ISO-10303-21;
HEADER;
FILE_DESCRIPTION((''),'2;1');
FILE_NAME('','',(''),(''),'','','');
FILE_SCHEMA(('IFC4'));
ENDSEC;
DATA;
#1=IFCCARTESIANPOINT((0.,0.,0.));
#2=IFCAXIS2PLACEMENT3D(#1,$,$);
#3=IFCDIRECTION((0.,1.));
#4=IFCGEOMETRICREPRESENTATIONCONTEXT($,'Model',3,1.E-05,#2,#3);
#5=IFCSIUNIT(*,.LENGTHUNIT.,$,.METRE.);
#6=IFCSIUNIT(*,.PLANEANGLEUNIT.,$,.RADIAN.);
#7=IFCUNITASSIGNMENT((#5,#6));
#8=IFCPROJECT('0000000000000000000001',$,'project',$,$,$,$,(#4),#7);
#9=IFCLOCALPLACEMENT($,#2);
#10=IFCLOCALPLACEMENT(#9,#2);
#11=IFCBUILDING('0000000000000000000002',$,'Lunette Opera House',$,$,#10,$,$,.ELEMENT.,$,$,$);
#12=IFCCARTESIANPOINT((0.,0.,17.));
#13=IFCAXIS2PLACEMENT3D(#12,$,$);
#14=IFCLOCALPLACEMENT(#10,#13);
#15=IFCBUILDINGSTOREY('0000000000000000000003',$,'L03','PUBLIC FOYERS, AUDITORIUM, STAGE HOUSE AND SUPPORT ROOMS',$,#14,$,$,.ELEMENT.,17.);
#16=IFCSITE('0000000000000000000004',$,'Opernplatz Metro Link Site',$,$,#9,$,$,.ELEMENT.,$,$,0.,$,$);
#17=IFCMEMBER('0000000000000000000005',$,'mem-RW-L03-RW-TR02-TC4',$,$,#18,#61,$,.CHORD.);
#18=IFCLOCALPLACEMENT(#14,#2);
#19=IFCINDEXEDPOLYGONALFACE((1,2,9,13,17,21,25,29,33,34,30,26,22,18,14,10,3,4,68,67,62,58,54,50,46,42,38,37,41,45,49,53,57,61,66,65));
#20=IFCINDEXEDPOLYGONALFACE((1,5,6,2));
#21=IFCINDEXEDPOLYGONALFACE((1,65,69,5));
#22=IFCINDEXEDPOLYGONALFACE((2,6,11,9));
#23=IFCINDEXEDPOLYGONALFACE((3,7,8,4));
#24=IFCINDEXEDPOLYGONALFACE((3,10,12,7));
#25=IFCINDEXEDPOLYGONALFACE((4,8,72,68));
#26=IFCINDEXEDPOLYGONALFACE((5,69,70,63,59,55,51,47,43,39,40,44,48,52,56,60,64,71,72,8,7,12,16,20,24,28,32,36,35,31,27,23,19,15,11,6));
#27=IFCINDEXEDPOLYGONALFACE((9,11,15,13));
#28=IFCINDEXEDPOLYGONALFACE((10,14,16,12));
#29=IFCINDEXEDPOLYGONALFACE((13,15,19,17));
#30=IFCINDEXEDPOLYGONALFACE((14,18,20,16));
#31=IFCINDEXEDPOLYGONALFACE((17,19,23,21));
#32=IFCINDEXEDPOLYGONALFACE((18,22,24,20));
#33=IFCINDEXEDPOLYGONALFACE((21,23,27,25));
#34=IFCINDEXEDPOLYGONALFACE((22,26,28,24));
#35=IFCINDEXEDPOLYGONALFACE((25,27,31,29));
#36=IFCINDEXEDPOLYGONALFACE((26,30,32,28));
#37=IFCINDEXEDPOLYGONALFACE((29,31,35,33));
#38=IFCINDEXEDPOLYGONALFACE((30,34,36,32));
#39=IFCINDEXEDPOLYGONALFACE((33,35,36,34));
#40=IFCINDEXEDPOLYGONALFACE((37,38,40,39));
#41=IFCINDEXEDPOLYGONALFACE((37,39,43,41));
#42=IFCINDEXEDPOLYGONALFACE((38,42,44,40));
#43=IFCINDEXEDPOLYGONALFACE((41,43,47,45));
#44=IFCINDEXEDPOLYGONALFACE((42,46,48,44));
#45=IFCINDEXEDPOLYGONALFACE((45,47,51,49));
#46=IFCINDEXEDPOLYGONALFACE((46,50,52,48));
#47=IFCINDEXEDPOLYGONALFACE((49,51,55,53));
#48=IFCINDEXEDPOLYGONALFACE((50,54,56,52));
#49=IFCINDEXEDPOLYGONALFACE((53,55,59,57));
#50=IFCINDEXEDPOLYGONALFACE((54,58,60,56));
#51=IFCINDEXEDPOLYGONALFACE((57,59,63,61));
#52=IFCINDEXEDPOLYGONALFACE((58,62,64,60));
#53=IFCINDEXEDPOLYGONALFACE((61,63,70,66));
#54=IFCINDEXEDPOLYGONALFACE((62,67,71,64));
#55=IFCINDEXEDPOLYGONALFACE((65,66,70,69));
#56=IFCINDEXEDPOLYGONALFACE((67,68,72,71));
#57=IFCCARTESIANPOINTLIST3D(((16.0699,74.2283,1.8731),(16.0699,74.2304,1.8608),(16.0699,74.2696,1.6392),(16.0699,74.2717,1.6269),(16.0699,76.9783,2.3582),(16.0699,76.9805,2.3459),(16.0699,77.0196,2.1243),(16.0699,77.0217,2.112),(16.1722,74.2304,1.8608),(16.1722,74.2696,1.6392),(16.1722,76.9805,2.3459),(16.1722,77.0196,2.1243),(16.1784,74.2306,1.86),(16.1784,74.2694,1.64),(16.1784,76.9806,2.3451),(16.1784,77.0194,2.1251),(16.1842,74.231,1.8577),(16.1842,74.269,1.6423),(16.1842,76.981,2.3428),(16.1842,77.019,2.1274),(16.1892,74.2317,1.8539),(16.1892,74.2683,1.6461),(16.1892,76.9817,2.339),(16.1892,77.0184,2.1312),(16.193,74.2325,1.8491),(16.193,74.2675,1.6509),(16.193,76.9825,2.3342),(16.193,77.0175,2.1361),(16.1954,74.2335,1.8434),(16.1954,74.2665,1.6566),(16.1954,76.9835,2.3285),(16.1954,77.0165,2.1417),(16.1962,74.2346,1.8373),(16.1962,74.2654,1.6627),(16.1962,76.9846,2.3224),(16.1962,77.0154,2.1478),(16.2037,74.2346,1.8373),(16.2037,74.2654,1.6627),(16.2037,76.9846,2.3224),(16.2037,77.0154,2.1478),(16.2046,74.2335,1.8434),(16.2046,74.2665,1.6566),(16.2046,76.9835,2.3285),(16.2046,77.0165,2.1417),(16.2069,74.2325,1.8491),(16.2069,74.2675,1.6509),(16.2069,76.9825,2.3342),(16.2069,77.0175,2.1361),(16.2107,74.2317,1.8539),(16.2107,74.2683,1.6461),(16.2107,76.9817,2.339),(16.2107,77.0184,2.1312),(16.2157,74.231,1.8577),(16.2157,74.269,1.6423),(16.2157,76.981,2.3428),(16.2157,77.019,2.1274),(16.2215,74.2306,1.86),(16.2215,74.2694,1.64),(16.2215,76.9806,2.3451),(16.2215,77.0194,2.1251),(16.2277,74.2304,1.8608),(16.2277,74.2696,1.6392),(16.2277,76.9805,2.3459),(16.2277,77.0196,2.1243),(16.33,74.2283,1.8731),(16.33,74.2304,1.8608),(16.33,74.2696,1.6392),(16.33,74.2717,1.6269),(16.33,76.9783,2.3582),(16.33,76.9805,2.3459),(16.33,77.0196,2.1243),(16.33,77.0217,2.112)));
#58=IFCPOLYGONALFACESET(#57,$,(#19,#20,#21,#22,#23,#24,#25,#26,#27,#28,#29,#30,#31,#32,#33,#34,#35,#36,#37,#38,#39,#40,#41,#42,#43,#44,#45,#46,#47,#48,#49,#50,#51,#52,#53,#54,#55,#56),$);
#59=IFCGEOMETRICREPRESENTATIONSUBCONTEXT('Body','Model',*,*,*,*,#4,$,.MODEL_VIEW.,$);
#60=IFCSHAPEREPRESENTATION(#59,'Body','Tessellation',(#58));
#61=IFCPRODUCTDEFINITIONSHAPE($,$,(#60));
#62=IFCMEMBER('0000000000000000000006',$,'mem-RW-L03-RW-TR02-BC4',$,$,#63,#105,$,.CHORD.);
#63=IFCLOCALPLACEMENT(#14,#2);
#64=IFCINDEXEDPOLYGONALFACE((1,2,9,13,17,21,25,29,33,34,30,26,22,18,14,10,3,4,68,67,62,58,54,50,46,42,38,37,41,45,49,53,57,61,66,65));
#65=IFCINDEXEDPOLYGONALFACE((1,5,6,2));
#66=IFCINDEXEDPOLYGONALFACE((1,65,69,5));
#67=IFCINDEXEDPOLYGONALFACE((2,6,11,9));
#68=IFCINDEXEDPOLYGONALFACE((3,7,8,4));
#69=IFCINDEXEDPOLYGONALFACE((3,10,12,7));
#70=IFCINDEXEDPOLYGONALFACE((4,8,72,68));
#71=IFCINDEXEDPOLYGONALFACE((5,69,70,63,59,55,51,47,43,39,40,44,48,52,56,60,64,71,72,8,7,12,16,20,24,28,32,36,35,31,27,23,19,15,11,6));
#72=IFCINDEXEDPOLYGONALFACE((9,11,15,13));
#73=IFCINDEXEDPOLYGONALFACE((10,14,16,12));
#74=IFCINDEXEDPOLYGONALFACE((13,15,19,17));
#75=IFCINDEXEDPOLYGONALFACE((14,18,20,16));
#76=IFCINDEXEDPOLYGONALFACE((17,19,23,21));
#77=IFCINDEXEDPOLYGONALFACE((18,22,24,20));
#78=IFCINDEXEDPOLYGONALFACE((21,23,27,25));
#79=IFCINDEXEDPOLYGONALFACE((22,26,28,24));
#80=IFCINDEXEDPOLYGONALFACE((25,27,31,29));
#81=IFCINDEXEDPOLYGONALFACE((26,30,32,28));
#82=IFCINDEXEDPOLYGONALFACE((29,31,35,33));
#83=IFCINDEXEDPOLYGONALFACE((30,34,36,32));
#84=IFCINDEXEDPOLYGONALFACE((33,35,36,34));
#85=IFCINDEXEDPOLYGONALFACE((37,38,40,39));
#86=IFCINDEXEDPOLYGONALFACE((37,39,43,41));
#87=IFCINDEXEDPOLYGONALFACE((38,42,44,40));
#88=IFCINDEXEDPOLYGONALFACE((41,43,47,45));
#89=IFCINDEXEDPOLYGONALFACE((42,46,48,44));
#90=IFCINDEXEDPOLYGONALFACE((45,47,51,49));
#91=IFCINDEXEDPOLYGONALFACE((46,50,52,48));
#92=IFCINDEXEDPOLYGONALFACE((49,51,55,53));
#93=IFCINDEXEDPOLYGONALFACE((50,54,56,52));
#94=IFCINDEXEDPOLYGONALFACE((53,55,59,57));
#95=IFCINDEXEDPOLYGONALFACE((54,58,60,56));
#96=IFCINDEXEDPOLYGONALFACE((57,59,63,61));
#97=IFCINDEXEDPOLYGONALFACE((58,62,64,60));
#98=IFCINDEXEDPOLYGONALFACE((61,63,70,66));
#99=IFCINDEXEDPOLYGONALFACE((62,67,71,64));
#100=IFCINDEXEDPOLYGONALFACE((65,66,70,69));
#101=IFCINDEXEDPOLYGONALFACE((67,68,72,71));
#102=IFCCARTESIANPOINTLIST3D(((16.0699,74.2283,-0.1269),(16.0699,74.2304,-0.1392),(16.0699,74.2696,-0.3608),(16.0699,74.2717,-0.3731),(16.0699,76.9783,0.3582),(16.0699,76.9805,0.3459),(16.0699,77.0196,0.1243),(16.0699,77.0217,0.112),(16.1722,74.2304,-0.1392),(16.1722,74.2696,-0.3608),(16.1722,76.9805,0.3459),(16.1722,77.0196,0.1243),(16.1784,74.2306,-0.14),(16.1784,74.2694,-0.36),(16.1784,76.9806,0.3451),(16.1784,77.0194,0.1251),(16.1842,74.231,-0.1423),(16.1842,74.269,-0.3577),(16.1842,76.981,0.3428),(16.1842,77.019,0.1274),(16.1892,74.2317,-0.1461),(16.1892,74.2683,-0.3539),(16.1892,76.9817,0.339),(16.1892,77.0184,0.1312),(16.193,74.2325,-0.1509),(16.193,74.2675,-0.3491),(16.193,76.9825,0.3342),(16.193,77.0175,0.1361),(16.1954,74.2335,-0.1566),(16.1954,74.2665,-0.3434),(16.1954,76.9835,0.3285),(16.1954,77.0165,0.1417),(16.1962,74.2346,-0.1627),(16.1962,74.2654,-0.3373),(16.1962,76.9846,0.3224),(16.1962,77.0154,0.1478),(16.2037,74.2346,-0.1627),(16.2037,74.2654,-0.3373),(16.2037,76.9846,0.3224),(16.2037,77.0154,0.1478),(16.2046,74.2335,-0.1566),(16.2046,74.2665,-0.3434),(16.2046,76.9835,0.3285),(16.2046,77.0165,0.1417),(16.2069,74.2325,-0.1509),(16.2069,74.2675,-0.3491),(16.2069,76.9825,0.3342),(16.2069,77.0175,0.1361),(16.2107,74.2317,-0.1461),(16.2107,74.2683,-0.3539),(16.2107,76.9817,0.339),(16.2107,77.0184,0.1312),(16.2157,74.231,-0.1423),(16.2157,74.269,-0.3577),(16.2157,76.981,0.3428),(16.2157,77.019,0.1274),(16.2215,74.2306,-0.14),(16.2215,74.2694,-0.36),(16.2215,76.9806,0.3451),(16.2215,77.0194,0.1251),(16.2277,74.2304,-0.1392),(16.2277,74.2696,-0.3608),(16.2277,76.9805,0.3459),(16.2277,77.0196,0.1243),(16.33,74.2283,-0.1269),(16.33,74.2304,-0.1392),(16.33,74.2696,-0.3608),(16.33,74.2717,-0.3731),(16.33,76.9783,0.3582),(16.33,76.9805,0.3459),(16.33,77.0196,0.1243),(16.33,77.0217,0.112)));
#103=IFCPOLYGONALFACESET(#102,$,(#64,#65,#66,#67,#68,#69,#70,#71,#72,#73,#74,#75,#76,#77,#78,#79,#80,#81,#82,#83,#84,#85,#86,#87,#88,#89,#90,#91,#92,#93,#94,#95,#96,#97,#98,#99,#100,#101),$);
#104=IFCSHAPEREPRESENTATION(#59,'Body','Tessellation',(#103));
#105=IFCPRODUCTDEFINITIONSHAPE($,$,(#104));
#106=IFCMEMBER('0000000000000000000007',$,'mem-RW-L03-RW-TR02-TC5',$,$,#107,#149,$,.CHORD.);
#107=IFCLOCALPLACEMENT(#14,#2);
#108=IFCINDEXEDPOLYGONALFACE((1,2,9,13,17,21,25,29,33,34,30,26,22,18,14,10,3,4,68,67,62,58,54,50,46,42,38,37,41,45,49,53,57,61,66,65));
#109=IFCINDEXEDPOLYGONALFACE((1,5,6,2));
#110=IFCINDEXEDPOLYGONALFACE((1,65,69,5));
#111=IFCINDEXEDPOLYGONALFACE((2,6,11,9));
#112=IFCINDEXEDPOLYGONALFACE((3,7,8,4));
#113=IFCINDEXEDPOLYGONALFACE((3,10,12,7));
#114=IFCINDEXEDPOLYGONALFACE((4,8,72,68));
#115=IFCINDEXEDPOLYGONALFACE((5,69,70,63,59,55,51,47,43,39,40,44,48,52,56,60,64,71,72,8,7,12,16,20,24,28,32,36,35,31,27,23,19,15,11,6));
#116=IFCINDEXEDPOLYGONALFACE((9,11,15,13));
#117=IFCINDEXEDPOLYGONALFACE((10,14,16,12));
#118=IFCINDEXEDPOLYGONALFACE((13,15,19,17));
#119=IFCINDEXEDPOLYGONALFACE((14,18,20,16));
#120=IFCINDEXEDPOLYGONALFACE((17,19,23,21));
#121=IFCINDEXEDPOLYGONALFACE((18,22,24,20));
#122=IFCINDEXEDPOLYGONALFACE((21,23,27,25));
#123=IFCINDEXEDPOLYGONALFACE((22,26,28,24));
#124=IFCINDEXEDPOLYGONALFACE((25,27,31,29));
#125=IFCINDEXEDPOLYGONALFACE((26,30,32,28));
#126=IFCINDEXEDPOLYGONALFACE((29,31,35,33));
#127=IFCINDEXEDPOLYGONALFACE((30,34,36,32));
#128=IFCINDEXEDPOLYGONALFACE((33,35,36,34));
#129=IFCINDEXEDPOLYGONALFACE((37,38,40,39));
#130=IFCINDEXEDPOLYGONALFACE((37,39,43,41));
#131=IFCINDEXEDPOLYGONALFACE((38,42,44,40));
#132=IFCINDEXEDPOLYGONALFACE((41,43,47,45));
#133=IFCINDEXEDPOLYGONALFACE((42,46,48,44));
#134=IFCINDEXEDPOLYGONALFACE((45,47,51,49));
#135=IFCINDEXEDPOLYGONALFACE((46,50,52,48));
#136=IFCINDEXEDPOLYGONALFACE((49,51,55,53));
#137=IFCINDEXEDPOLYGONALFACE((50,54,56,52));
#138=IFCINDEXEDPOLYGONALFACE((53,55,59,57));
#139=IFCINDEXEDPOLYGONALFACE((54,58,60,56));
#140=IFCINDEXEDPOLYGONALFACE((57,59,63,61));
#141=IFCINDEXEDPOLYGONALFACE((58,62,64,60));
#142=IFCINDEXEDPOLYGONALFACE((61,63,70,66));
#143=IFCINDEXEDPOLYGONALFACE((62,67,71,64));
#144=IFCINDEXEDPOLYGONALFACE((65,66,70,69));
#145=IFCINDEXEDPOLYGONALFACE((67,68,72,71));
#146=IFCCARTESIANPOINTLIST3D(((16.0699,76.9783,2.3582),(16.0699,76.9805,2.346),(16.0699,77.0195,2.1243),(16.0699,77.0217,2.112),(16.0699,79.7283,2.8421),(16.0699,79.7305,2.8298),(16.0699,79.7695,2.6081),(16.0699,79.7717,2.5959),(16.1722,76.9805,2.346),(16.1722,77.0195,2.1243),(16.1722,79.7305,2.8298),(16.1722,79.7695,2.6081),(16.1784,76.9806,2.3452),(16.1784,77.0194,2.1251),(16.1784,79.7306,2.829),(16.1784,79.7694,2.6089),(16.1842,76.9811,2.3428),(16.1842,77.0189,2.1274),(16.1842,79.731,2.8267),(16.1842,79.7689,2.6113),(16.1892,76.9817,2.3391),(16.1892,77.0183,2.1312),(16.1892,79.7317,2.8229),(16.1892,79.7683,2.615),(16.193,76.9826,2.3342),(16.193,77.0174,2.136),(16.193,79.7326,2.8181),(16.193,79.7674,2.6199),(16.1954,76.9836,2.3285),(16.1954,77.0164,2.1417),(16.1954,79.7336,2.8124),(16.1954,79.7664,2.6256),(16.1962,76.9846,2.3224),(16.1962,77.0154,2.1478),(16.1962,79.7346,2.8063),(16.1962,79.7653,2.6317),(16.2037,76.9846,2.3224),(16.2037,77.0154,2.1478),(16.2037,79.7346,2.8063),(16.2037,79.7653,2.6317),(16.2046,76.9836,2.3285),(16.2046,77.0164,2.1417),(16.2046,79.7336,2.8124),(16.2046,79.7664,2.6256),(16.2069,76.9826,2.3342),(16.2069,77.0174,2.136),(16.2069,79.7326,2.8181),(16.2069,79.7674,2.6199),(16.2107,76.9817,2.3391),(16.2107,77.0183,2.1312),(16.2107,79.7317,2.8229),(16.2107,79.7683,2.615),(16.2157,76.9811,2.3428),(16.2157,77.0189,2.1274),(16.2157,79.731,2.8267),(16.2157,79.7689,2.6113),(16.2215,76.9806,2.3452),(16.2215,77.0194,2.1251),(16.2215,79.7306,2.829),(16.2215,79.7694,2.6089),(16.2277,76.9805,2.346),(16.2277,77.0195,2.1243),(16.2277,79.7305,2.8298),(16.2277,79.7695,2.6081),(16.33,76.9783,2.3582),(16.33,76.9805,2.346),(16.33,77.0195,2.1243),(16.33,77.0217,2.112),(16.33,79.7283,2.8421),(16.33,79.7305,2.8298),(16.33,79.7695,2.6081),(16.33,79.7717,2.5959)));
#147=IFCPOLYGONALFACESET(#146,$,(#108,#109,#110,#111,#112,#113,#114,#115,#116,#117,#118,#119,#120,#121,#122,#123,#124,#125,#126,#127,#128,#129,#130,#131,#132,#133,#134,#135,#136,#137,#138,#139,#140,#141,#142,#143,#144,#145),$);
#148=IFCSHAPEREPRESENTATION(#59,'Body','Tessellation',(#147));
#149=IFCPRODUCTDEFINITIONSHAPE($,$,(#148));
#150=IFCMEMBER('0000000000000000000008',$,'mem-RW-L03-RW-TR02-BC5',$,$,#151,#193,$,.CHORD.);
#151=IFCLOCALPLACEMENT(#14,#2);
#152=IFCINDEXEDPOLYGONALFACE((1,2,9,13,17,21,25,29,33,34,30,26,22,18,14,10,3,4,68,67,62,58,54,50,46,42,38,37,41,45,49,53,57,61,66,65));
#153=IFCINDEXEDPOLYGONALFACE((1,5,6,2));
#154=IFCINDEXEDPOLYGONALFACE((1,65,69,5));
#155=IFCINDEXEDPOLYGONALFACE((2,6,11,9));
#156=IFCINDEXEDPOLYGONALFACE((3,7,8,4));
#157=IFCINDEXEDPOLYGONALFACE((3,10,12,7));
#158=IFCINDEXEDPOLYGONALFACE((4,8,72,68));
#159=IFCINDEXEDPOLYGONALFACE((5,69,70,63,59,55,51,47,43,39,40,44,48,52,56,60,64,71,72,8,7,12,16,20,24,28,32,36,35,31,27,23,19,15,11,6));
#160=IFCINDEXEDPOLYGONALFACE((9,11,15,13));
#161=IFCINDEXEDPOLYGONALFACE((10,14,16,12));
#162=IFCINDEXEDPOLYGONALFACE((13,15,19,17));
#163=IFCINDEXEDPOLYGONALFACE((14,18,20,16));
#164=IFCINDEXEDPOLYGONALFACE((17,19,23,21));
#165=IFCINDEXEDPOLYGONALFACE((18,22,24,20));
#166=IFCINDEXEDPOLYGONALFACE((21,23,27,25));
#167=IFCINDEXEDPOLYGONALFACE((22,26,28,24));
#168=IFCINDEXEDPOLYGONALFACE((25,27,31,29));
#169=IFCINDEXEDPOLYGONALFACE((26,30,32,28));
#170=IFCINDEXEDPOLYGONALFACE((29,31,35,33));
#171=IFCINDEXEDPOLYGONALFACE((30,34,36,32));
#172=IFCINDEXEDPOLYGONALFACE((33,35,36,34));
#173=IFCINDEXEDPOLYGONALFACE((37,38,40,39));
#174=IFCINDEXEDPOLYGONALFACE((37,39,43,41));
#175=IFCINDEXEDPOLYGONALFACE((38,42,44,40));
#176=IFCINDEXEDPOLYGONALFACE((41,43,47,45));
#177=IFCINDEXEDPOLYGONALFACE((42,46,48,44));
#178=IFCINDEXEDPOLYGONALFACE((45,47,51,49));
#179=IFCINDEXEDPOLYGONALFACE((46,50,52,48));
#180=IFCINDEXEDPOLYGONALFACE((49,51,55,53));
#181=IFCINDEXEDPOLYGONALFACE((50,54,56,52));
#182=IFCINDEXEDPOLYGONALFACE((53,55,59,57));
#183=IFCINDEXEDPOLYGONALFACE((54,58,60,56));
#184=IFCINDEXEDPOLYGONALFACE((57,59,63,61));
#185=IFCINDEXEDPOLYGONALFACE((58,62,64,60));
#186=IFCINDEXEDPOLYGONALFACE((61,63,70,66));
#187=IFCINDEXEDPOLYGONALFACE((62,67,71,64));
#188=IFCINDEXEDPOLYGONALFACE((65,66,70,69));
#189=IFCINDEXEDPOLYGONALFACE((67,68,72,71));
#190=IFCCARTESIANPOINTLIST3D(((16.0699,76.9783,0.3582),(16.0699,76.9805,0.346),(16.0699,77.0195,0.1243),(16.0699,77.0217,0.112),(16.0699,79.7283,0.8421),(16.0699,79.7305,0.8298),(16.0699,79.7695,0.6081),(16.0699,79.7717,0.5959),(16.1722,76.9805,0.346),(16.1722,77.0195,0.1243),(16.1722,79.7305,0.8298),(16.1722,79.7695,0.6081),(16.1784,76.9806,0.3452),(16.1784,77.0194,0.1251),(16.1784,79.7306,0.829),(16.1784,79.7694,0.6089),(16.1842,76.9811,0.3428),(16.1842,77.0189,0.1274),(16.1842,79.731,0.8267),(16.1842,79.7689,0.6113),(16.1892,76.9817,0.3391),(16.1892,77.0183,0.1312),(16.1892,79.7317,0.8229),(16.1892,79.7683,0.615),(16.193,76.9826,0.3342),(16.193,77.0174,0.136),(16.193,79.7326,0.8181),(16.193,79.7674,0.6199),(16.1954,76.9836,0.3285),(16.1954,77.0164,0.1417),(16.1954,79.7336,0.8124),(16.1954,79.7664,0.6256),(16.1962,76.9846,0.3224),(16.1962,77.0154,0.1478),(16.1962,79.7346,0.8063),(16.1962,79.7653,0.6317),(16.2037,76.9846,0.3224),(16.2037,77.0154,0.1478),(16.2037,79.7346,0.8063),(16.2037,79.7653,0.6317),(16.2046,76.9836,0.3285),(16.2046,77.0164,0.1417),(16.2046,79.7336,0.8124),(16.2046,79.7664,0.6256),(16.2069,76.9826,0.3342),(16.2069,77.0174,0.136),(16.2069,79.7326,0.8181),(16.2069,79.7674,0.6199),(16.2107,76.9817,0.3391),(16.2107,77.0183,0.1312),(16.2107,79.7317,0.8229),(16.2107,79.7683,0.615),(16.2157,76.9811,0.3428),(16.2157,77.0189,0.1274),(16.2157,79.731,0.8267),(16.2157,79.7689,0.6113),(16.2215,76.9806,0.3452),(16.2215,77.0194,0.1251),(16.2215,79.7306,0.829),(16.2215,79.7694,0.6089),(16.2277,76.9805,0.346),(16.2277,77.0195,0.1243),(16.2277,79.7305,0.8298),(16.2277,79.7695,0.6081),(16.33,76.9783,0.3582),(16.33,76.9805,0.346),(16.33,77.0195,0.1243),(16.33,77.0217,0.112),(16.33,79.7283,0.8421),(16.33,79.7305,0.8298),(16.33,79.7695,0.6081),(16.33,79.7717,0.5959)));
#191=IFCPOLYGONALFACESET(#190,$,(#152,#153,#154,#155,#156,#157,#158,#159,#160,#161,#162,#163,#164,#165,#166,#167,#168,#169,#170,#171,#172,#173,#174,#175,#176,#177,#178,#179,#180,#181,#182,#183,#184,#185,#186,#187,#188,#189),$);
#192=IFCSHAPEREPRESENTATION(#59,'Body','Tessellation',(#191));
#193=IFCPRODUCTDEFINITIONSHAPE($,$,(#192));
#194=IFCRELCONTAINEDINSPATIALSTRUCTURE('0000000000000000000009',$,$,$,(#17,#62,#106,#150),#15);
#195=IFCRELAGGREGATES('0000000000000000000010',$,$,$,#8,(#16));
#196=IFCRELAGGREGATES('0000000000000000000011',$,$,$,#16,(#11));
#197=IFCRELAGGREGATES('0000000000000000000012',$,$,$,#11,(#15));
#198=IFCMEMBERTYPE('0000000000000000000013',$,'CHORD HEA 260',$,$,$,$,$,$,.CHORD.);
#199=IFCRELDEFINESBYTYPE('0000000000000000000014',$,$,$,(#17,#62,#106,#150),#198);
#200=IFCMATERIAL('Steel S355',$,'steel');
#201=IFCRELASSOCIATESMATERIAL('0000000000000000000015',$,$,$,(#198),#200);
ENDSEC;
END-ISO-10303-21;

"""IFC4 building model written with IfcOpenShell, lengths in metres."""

from ifc_helpers import new_model, si_unit, direction, frame, origin, origin_2d, place, context, subcontext, project, spatial, i_section, extrude, material, material_profile, profile_set, type_object, element, save


model = new_model("IFC4")

# Units and contexts
model_context = context("Model", 3, precision=1e-05, world=origin(), true_north=direction((0.0, 1.0)))
body_context = subcontext(model_context, "Body", "Model", "MODEL_VIEW")
ifc_project = project(units=[si_unit("LENGTHUNIT", "METRE"), si_unit("PLANEANGLEUNIT", "RADIAN")], contexts=[model_context])

# Site, building, storey
site_placement = place(None, origin())
site = spatial("IfcSite", under=ifc_project, at=site_placement, Name="Opernplatz Metro Link Site", CompositionType="ELEMENT", RefElevation=0.0)
building_placement = place(site_placement, origin())
building = spatial("IfcBuilding", under=site, at=building_placement, Name="Lunette Opera House", CompositionType="ELEMENT")
storey_placement = place(building_placement, frame((0.0, 0.0, 17.0)))
storey = spatial("IfcBuildingStorey", under=building, at=storey_placement, Name="L03", Description="PUBLIC FOYERS, AUDITORIUM, STAGE HOUSE AND SUPPORT ROOMS", CompositionType="ELEMENT", Elevation=17.0)

# Members
ifc_material_1 = material(Name="Steel S355", Category="steel")
ifc_material_profile_1 = material_profile(ifc_material_1, i_section(OverallWidth=0.26, OverallDepth=0.25, WebThickness=0.0076, FlangeThickness=0.0125, FilletRadius=0.0239, at=origin_2d()), Name="HEA 260")
ifc_profile_set_1 = profile_set([ifc_material_profile_1], Name="Steel S355")
member_type_1 = type_object("IfcMemberType", Name="CHORD HEA 260", PredefinedType="CHORD", material=ifc_profile_set_1)
for number, where, z_axis, x_axis, name in (
    (1, (16.2, 74.25, 1.75), (0.0, 0.984795, 0.17372), (-1.0, 0.0, 0.0), "mem-RW-L03-RW-TR02-TC4"),
    (2, (16.2, 74.25, -0.25), (0.0, 0.984795, 0.17372), (-1.0, 0.0, 0.0), "mem-RW-L03-RW-TR02-BC4"),
):
    element("IfcMember", number, at=place(storey_placement, frame(where, z_axis=z_axis, x_axis=x_axis)), inside=storey, type_object=member_type_1, Name=name, PredefinedType="CHORD", context=body_context, shape_type="SweptSolid", body=[
        extrude(i_section(OverallWidth=0.26, OverallDepth=0.25, WebThickness=0.0076, FlangeThickness=0.0125, FilletRadius=0.0239, at=origin_2d()), origin(), (0.0, 0.0, 1.0), 2.7925),
    ])
for number, where, z_axis, x_axis, name in (
    (3, (16.2, 77.0, 2.2351), (0.0, 0.98487, 0.173296), (-1.0, 0.0, 0.0), "mem-RW-L03-RW-TR02-TC5"),
    (4, (16.2, 77.0, 0.2351), (0.0, 0.98487, 0.173296), (-1.0, 0.0, 0.0), "mem-RW-L03-RW-TR02-BC5"),
):
    element("IfcMember", number, at=place(storey_placement, frame(where, z_axis=z_axis, x_axis=x_axis)), inside=storey, type_object=member_type_1, Name=name, PredefinedType="CHORD", context=body_context, shape_type="SweptSolid", body=[
        extrude(i_section(OverallWidth=0.26, OverallDepth=0.25, WebThickness=0.0076, FlangeThickness=0.0125, FilletRadius=0.0239, at=origin_2d()), origin(), (0.0, 0.0, 1.0), 2.7922),
    ])

save(model, "model.ifc")
